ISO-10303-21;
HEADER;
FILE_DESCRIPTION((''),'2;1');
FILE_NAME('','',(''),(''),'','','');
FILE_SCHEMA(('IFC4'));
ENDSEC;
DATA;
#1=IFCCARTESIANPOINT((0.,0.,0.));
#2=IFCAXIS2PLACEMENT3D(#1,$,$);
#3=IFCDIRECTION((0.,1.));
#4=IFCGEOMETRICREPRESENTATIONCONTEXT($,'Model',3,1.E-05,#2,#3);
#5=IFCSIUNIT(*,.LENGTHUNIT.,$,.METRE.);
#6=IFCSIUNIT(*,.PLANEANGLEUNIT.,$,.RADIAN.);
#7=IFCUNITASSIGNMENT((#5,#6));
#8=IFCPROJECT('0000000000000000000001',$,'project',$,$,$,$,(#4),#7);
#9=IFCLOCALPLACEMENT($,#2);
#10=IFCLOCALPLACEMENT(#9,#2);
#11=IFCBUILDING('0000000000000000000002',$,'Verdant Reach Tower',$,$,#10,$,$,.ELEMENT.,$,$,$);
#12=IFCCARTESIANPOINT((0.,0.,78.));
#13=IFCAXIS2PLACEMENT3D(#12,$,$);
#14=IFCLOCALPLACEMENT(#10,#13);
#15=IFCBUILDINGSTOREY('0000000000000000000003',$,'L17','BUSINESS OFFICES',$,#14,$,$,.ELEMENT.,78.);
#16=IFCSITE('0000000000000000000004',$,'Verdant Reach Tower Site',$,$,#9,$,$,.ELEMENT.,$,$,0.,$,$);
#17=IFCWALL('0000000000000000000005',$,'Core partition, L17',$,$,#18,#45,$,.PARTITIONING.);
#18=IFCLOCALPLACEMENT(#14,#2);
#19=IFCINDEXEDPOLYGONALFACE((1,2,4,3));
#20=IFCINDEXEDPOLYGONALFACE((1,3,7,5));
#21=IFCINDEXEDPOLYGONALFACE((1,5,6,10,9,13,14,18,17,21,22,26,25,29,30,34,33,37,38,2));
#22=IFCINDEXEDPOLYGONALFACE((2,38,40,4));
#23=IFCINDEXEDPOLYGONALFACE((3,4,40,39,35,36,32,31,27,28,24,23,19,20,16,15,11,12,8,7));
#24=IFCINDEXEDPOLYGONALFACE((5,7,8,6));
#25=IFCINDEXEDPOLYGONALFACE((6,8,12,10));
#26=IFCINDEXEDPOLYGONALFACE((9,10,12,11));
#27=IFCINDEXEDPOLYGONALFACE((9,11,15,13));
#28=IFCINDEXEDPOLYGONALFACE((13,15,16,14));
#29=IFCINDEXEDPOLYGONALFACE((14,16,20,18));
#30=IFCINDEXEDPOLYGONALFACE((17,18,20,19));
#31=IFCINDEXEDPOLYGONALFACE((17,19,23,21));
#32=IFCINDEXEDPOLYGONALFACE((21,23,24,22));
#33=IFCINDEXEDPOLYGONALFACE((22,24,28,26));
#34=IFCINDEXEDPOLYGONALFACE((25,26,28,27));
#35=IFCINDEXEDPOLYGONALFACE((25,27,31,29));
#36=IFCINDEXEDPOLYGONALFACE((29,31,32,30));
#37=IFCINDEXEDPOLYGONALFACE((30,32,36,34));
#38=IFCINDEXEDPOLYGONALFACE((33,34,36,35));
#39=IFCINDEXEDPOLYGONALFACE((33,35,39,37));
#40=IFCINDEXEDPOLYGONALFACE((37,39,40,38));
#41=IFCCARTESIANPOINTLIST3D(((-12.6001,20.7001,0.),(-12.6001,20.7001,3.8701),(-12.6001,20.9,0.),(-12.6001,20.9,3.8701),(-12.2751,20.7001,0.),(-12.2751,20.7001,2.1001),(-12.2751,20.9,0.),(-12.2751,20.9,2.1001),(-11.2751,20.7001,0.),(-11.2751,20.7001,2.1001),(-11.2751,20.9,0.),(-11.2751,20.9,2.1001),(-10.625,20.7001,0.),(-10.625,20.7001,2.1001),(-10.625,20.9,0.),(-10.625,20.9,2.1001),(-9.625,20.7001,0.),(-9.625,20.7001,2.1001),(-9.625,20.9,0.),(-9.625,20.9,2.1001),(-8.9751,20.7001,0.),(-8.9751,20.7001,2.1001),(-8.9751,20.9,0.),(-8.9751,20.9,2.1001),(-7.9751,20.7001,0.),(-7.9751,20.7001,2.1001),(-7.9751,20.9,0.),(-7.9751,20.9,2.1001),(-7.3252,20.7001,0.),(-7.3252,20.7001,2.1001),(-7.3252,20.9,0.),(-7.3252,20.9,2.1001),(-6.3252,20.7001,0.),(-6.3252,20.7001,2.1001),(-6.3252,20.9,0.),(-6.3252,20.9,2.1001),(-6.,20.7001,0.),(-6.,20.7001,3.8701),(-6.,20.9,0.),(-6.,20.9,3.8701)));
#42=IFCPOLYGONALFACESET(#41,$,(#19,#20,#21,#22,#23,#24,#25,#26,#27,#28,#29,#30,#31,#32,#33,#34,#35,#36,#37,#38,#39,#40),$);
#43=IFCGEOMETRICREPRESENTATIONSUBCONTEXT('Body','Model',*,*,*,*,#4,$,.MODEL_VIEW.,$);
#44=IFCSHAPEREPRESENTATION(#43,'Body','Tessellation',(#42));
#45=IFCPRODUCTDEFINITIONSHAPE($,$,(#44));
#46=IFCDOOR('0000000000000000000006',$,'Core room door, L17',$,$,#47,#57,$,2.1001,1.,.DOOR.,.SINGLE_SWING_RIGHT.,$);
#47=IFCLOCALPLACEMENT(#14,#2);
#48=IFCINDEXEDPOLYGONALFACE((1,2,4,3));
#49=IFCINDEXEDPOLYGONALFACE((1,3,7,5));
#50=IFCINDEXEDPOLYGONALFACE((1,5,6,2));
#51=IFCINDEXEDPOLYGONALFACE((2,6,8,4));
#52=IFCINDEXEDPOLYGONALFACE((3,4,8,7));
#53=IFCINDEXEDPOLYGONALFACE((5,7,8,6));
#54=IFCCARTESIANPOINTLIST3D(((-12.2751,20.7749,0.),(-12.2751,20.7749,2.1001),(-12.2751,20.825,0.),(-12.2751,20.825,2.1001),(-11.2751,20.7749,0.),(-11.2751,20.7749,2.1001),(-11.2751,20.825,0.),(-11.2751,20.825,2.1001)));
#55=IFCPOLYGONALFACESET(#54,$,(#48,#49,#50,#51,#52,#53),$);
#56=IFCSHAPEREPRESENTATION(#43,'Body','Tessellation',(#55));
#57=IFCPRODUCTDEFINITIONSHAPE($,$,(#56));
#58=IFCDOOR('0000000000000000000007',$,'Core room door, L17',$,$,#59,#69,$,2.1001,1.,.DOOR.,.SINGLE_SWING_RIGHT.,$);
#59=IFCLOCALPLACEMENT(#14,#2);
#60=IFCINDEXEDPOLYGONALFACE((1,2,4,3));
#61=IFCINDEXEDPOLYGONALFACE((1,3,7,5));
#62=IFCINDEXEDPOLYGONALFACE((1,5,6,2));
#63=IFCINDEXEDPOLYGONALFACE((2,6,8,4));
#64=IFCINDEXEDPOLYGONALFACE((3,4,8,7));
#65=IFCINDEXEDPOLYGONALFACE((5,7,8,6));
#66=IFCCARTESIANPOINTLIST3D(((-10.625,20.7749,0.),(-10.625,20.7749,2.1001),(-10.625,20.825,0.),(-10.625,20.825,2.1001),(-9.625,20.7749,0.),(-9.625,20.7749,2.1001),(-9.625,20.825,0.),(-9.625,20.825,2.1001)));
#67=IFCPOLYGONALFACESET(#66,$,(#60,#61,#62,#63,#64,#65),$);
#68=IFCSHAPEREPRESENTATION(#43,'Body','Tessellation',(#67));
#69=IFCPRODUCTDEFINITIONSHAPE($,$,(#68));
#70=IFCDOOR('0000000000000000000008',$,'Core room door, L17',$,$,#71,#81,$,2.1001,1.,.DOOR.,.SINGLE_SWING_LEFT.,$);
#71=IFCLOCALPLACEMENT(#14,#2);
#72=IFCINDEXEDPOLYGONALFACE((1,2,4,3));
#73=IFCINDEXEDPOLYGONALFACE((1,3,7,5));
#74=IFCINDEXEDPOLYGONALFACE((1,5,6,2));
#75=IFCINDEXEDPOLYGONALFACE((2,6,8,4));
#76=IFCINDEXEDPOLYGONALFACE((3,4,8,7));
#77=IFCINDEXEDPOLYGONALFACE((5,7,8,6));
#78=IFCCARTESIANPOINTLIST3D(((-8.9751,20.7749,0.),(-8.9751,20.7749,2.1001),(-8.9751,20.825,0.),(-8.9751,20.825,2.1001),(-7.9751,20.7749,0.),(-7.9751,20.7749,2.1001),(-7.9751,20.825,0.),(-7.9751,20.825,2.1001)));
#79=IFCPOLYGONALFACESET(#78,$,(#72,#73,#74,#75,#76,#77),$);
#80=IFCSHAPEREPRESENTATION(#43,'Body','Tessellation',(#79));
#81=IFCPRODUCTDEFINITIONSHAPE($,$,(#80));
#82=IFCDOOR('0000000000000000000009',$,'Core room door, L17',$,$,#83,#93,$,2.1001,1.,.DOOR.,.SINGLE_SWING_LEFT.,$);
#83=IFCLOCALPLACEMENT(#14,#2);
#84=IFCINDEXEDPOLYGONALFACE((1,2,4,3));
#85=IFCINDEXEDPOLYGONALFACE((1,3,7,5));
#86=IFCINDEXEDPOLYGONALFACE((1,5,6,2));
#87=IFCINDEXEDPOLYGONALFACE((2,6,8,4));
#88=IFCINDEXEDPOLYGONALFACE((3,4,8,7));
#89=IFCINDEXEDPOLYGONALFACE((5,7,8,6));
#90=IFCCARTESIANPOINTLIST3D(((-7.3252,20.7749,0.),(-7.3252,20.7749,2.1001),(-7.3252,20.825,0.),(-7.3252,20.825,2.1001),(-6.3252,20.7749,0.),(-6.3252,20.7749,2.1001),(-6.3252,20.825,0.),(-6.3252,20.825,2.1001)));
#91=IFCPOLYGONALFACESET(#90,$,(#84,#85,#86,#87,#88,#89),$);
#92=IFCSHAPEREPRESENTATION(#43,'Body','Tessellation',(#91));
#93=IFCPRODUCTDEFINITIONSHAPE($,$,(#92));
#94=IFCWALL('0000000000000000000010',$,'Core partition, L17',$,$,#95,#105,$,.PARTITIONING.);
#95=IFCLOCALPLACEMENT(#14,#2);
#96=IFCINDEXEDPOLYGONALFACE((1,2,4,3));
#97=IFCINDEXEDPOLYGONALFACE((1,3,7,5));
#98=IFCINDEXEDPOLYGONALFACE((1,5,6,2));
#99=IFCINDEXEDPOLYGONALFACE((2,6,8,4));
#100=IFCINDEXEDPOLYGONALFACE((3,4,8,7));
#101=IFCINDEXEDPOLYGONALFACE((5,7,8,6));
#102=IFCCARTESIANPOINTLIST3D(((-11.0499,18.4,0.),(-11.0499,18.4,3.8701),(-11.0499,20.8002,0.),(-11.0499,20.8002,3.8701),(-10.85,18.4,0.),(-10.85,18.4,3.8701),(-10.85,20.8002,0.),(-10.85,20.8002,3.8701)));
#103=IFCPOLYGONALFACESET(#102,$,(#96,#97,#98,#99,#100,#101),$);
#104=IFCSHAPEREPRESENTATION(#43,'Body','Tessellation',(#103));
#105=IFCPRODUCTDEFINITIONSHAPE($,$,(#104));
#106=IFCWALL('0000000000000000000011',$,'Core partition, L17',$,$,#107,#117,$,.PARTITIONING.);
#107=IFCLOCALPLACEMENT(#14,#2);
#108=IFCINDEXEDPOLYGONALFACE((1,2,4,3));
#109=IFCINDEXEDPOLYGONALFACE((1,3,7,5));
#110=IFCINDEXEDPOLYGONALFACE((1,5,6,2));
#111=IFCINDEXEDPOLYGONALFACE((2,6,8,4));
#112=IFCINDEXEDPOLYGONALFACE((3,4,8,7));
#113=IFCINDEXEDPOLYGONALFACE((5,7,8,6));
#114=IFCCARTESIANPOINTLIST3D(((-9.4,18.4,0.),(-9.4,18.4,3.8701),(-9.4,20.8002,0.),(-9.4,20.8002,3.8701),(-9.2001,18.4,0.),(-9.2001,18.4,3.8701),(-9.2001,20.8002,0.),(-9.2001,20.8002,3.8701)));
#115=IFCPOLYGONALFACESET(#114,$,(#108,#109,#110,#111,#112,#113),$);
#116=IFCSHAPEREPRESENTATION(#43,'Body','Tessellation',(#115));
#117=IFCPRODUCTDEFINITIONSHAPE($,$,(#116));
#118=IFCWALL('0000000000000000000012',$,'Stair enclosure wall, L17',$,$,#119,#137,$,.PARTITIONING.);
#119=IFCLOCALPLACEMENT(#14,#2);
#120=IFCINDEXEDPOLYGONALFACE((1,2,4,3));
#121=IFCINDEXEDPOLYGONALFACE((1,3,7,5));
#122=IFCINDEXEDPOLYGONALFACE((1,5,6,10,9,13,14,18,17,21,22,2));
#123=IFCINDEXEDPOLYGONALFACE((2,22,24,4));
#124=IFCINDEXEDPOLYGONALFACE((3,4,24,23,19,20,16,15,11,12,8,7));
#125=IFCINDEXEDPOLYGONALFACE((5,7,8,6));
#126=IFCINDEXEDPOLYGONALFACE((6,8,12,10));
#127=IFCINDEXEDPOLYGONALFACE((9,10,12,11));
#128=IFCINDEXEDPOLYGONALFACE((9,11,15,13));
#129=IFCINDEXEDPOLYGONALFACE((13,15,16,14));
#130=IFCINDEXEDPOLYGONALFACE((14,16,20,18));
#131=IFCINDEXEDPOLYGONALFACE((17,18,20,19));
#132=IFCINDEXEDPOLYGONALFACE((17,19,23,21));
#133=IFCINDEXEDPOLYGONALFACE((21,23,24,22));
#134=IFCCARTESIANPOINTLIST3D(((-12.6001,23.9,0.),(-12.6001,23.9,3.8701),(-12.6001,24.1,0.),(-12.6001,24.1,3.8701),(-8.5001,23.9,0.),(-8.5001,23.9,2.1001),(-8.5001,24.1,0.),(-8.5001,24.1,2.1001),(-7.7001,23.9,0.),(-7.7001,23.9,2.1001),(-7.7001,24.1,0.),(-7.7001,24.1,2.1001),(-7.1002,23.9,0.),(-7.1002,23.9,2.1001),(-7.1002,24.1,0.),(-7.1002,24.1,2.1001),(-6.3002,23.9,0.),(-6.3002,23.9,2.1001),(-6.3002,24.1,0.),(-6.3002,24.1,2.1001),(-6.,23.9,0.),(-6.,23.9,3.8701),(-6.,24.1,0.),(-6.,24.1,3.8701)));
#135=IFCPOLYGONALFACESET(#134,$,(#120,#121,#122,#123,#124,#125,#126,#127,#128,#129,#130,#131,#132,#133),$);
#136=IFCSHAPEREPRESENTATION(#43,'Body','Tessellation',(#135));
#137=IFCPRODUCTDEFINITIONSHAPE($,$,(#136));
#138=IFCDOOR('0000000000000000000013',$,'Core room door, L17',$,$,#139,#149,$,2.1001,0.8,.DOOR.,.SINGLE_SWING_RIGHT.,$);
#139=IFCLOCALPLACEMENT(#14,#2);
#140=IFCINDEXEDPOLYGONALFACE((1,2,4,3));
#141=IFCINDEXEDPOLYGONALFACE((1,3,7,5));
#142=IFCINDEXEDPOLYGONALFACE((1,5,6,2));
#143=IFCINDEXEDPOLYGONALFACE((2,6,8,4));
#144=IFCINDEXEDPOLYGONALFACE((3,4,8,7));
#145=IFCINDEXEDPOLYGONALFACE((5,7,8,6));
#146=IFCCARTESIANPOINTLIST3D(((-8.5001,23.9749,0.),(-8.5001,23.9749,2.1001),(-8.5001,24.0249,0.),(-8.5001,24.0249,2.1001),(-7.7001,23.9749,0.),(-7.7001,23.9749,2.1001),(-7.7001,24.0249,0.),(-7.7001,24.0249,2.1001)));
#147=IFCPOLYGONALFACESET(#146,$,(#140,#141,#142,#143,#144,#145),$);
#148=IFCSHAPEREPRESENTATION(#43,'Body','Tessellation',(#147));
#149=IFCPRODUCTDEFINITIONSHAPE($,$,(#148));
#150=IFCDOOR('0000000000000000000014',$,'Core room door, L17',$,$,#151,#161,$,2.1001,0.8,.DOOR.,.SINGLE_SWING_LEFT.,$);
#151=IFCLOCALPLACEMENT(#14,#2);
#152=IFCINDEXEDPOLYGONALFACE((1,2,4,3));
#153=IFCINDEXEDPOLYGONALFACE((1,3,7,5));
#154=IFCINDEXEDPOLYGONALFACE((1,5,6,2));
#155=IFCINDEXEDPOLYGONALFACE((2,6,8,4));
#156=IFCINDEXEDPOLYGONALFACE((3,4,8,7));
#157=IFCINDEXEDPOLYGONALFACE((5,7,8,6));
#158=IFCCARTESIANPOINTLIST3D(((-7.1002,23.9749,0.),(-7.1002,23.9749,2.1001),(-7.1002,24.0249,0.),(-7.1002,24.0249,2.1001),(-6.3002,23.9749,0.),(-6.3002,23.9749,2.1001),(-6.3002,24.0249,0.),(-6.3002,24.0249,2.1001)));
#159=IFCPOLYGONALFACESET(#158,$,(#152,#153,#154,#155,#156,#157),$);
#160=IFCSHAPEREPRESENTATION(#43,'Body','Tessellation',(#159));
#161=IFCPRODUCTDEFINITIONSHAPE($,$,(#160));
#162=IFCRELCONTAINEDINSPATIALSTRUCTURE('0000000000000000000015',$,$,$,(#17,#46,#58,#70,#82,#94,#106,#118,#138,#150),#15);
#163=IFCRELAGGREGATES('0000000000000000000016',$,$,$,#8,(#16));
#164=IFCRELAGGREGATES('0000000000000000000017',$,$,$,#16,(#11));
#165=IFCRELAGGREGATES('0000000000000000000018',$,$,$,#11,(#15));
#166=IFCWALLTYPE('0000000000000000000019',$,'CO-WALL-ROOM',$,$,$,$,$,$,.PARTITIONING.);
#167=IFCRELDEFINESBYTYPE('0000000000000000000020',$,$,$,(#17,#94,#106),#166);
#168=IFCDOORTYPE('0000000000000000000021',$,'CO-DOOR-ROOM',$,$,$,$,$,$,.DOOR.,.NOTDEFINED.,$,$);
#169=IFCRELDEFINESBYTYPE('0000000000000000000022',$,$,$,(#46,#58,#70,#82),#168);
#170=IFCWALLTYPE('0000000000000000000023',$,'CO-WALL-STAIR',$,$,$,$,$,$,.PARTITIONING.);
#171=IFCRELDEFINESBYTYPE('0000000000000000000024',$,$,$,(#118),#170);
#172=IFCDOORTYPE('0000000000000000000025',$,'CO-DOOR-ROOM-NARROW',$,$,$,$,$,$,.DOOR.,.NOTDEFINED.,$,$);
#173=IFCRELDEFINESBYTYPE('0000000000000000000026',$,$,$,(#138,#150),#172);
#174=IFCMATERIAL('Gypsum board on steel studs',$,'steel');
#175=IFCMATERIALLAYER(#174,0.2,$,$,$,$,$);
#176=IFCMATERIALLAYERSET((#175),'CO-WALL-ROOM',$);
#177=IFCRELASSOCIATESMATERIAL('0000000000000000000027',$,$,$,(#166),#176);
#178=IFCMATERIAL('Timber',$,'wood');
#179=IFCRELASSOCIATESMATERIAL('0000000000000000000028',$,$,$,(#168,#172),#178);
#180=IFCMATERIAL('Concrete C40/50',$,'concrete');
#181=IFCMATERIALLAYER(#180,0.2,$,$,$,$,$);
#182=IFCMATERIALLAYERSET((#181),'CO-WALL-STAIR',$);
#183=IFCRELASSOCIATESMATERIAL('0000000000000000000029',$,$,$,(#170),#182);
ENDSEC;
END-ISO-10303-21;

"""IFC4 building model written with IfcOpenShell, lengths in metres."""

from ifc_helpers import new_model, si_unit, direction, frame, frame_2d, origin, place, context, subcontext, project, spatial, rectangle, extrude, material, layer, layer_set, type_object, element, fill, save


model = new_model("IFC4")

# Units and contexts
model_context = context("Model", 3, precision=1e-05, world=origin(), true_north=direction((0.0, 1.0)))
body_context = subcontext(model_context, "Body", "Model", "MODEL_VIEW")
ifc_project = project(units=[si_unit("LENGTHUNIT", "METRE"), si_unit("PLANEANGLEUNIT", "RADIAN")], contexts=[model_context])

# Site, building, storey
site_placement = place(None, origin())
site = spatial("IfcSite", under=ifc_project, at=site_placement, Name="Verdant Reach Tower Site", CompositionType="ELEMENT", RefElevation=0.0)
building_placement = place(site_placement, origin())
building = spatial("IfcBuilding", under=site, at=building_placement, Name="Verdant Reach Tower", CompositionType="ELEMENT")
storey_placement = place(building_placement, frame((0.0, 0.0, 78.0)))
storey = spatial("IfcBuildingStorey", under=building, at=storey_placement, Name="L17", Description="BUSINESS OFFICES", CompositionType="ELEMENT", Elevation=78.0)

# Wall, openings, doors
ifc_material_1 = material(Name="Gypsum board on steel studs", Category="steel")
ifc_layer_1 = layer(ifc_material_1, 0.2)
ifc_layer_set_1 = layer_set([ifc_layer_1], Name="CO-WALL-ROOM")
wall_type_1 = type_object("IfcWallType", Name="CO-WALL-ROOM", PredefinedType="PARTITIONING", material=ifc_layer_set_1)
wall_1_placement = place(storey_placement, frame((-12.6001, 20.8, 0.0), z_axis=(0.0, 0.0, 1.0), x_axis=(1.0, 0.0, 0.0)))
wall_1 = element("IfcWall", 1, at=wall_1_placement, inside=storey, type_object=wall_type_1, Name="Core partition, L17", PredefinedType="PARTITIONING", context=body_context, shape_type="SweptSolid", body=[
    extrude(rectangle(XDim=6.6001, YDim=0.2, at=frame_2d((3.3, 0.0))), origin(), (0.0, 0.0, 1.0), 3.8701),
])
opening_1_placement = place(wall_1_placement, frame((0.325, 0.0, 0.0)))
opening_1 = element("IfcOpeningElement", 2, at=opening_1_placement, cuts=wall_1, PredefinedType="OPENING", context=body_context, shape_type="SweptSolid", body=[
    extrude(rectangle(XDim=1.0, YDim=2.1001, at=frame_2d((0.5, 1.05))), frame((0.0, 0.1099, 0.0), z_axis=(0.0, -1.0, 0.0), x_axis=(1.0, 0.0, 0.0)), (0.0, 0.0, 1.0), 0.22),
])
opening_2_placement = place(wall_1_placement, frame((1.9751, 0.0, 0.0)))
opening_2 = element("IfcOpeningElement", 3, at=opening_2_placement, cuts=wall_1, PredefinedType="OPENING", context=body_context, shape_type="SweptSolid", body=[
    extrude(rectangle(XDim=1.0, YDim=2.1001, at=frame_2d((0.5, 1.05))), frame((0.0, 0.1099, 0.0), z_axis=(0.0, -1.0, 0.0), x_axis=(1.0, 0.0, 0.0)), (0.0, 0.0, 1.0), 0.22),
])
opening_3_placement = place(wall_1_placement, frame((3.625, 0.0, 0.0)))
opening_3 = element("IfcOpeningElement", 4, at=opening_3_placement, cuts=wall_1, PredefinedType="OPENING", context=body_context, shape_type="SweptSolid", body=[
    extrude(rectangle(XDim=1.0, YDim=2.1001, at=frame_2d((0.5, 1.05))), frame((0.0, 0.1099, 0.0), z_axis=(0.0, -1.0, 0.0), x_axis=(1.0, 0.0, 0.0)), (0.0, 0.0, 1.0), 0.22),
])
opening_4_placement = place(wall_1_placement, frame((5.2749, 0.0, 0.0)))
opening_4 = element("IfcOpeningElement", 5, at=opening_4_placement, cuts=wall_1, PredefinedType="OPENING", context=body_context, shape_type="SweptSolid", body=[
    extrude(rectangle(XDim=1.0, YDim=2.1001, at=frame_2d((0.5, 1.05))), frame((0.0, 0.1099, 0.0), z_axis=(0.0, -1.0, 0.0), x_axis=(1.0, 0.0, 0.0)), (0.0, 0.0, 1.0), 0.22),
])
ifc_material_2 = material(Name="Timber", Category="wood")
door_type_1 = type_object("IfcDoorType", Name="CO-DOOR-ROOM", OperationType="NOTDEFINED", PredefinedType="DOOR", material=ifc_material_2)
door_1_placement = place(opening_1_placement, origin())
door_1 = element("IfcDoor", 6, at=door_1_placement, inside=storey, type_object=door_type_1, Name="Core room door, L17", OperationType="SINGLE_SWING_RIGHT", OverallHeight=2.1001, OverallWidth=1.0, PredefinedType="DOOR", context=body_context, shape_type="SweptSolid", body=[
    extrude(rectangle(XDim=1.0, YDim=2.1001, at=frame_2d((0.5, 1.05))), frame((0.0, 0.0249, 0.0), z_axis=(0.0, -1.0, 0.0), x_axis=(1.0, 0.0, 0.0)), (0.0, 0.0, 1.0), 0.05),
])
fill(opening_1, door_1)
door_2_placement = place(opening_2_placement, origin())
door_2 = element("IfcDoor", 7, at=door_2_placement, inside=storey, type_object=door_type_1, Name="Core room door, L17", OperationType="SINGLE_SWING_RIGHT", OverallHeight=2.1001, OverallWidth=1.0, PredefinedType="DOOR", context=body_context, shape_type="SweptSolid", body=[
    extrude(rectangle(XDim=1.0, YDim=2.1001, at=frame_2d((0.5, 1.05))), frame((0.0, 0.0249, 0.0), z_axis=(0.0, -1.0, 0.0), x_axis=(1.0, 0.0, 0.0)), (0.0, 0.0, 1.0), 0.05),
])
fill(opening_2, door_2)
door_3_placement = place(opening_3_placement, origin())
door_3 = element("IfcDoor", 8, at=door_3_placement, inside=storey, type_object=door_type_1, Name="Core room door, L17", OperationType="SINGLE_SWING_LEFT", OverallHeight=2.1001, OverallWidth=1.0, PredefinedType="DOOR", context=body_context, shape_type="SweptSolid", body=[
    extrude(rectangle(XDim=1.0, YDim=2.1001, at=frame_2d((0.5, 1.05))), frame((0.0, 0.0249, 0.0), z_axis=(0.0, -1.0, 0.0), x_axis=(1.0, 0.0, 0.0)), (0.0, 0.0, 1.0), 0.05),
])
fill(opening_3, door_3)
door_4_placement = place(opening_4_placement, origin())
door_4 = element("IfcDoor", 9, at=door_4_placement, inside=storey, type_object=door_type_1, Name="Core room door, L17", OperationType="SINGLE_SWING_LEFT", OverallHeight=2.1001, OverallWidth=1.0, PredefinedType="DOOR", context=body_context, shape_type="SweptSolid", body=[
    extrude(rectangle(XDim=1.0, YDim=2.1001, at=frame_2d((0.5, 1.05))), frame((0.0, 0.0249, 0.0), z_axis=(0.0, -1.0, 0.0), x_axis=(1.0, 0.0, 0.0)), (0.0, 0.0, 1.0), 0.05),
])
fill(opening_4, door_4)

# Walls
for number, where, z_axis, x_axis, name in (
    (10, (-10.95, 18.3999, 0.0), (0.0, 0.0, 1.0), (0.0, 1.0, 0.0), "Core partition, L17"),
    (11, (-9.3, 18.3999, 0.0), (0.0, 0.0, 1.0), (0.0, 1.0, 0.0), "Core partition, L17"),
):
    element("IfcWall", number, at=place(storey_placement, frame(where, z_axis=z_axis, x_axis=x_axis)), inside=storey, type_object=wall_type_1, Name=name, PredefinedType="PARTITIONING", context=body_context, shape_type="SweptSolid", body=[
        extrude(rectangle(XDim=2.4001, YDim=0.2, at=frame_2d((1.2002, 0.0))), origin(), (0.0, 0.0, 1.0), 3.8701),
    ])

# Wall, openings, doors
ifc_material_3 = material(Name="Concrete C40/50", Category="concrete")
ifc_layer_2 = layer(ifc_material_3, 0.2)
ifc_layer_set_2 = layer_set([ifc_layer_2], Name="CO-WALL-STAIR")
wall_type_2 = type_object("IfcWallType", Name="CO-WALL-STAIR", PredefinedType="PARTITIONING", material=ifc_layer_set_2)
wall_2_placement = place(storey_placement, frame((-12.6001, 24.0, 0.0), z_axis=(0.0, 0.0, 1.0), x_axis=(1.0, 0.0, 0.0)))
wall_2 = element("IfcWall", 12, at=wall_2_placement, inside=storey, type_object=wall_type_2, Name="Stair enclosure wall, L17", PredefinedType="PARTITIONING", context=body_context, shape_type="SweptSolid", body=[
    extrude(rectangle(XDim=6.6001, YDim=0.2, at=frame_2d((3.3, 0.0))), origin(), (0.0, 0.0, 1.0), 3.8701),
])
opening_5_placement = place(wall_2_placement, frame((4.1001, 0.0, 0.0)))
opening_5 = element("IfcOpeningElement", 13, at=opening_5_placement, cuts=wall_2, PredefinedType="OPENING", context=body_context, shape_type="SweptSolid", body=[
    extrude(rectangle(XDim=0.8, YDim=2.1001, at=frame_2d((0.3999, 1.05))), frame((0.0, 0.1099, 0.0), z_axis=(0.0, -1.0, 0.0), x_axis=(1.0, 0.0, 0.0)), (0.0, 0.0, 1.0), 0.22),
])
opening_6_placement = place(wall_2_placement, frame((5.5, 0.0, 0.0)))
opening_6 = element("IfcOpeningElement", 14, at=opening_6_placement, cuts=wall_2, PredefinedType="OPENING", context=body_context, shape_type="SweptSolid", body=[
    extrude(rectangle(XDim=0.8, YDim=2.1001, at=frame_2d((0.3999, 1.05))), frame((0.0, 0.1099, 0.0), z_axis=(0.0, -1.0, 0.0), x_axis=(1.0, 0.0, 0.0)), (0.0, 0.0, 1.0), 0.22),
])
door_type_2 = type_object("IfcDoorType", Name="CO-DOOR-ROOM-NARROW", OperationType="NOTDEFINED", PredefinedType="DOOR", material=ifc_material_2)
door_5_placement = place(opening_5_placement, origin())
door_5 = element("IfcDoor", 15, at=door_5_placement, inside=storey, type_object=door_type_2, Name="Core room door, L17", OperationType="SINGLE_SWING_RIGHT", OverallHeight=2.1001, OverallWidth=0.8, PredefinedType="DOOR", context=body_context, shape_type="SweptSolid", body=[
    extrude(rectangle(XDim=0.8, YDim=2.1001, at=frame_2d((0.3999, 1.05))), frame((0.0, 0.0249, 0.0), z_axis=(0.0, -1.0, 0.0), x_axis=(1.0, 0.0, 0.0)), (0.0, 0.0, 1.0), 0.05),
])
fill(opening_5, door_5)
door_6_placement = place(opening_6_placement, origin())
door_6 = element("IfcDoor", 16, at=door_6_placement, inside=storey, type_object=door_type_2, Name="Core room door, L17", OperationType="SINGLE_SWING_LEFT", OverallHeight=2.1001, OverallWidth=0.8, PredefinedType="DOOR", context=body_context, shape_type="SweptSolid", body=[
    extrude(rectangle(XDim=0.8, YDim=2.1001, at=frame_2d((0.3999, 1.05))), frame((0.0, 0.0249, 0.0), z_axis=(0.0, -1.0, 0.0), x_axis=(1.0, 0.0, 0.0)), (0.0, 0.0, 1.0), 0.05),
])
fill(opening_6, door_6)

save(model, "model.ifc")
